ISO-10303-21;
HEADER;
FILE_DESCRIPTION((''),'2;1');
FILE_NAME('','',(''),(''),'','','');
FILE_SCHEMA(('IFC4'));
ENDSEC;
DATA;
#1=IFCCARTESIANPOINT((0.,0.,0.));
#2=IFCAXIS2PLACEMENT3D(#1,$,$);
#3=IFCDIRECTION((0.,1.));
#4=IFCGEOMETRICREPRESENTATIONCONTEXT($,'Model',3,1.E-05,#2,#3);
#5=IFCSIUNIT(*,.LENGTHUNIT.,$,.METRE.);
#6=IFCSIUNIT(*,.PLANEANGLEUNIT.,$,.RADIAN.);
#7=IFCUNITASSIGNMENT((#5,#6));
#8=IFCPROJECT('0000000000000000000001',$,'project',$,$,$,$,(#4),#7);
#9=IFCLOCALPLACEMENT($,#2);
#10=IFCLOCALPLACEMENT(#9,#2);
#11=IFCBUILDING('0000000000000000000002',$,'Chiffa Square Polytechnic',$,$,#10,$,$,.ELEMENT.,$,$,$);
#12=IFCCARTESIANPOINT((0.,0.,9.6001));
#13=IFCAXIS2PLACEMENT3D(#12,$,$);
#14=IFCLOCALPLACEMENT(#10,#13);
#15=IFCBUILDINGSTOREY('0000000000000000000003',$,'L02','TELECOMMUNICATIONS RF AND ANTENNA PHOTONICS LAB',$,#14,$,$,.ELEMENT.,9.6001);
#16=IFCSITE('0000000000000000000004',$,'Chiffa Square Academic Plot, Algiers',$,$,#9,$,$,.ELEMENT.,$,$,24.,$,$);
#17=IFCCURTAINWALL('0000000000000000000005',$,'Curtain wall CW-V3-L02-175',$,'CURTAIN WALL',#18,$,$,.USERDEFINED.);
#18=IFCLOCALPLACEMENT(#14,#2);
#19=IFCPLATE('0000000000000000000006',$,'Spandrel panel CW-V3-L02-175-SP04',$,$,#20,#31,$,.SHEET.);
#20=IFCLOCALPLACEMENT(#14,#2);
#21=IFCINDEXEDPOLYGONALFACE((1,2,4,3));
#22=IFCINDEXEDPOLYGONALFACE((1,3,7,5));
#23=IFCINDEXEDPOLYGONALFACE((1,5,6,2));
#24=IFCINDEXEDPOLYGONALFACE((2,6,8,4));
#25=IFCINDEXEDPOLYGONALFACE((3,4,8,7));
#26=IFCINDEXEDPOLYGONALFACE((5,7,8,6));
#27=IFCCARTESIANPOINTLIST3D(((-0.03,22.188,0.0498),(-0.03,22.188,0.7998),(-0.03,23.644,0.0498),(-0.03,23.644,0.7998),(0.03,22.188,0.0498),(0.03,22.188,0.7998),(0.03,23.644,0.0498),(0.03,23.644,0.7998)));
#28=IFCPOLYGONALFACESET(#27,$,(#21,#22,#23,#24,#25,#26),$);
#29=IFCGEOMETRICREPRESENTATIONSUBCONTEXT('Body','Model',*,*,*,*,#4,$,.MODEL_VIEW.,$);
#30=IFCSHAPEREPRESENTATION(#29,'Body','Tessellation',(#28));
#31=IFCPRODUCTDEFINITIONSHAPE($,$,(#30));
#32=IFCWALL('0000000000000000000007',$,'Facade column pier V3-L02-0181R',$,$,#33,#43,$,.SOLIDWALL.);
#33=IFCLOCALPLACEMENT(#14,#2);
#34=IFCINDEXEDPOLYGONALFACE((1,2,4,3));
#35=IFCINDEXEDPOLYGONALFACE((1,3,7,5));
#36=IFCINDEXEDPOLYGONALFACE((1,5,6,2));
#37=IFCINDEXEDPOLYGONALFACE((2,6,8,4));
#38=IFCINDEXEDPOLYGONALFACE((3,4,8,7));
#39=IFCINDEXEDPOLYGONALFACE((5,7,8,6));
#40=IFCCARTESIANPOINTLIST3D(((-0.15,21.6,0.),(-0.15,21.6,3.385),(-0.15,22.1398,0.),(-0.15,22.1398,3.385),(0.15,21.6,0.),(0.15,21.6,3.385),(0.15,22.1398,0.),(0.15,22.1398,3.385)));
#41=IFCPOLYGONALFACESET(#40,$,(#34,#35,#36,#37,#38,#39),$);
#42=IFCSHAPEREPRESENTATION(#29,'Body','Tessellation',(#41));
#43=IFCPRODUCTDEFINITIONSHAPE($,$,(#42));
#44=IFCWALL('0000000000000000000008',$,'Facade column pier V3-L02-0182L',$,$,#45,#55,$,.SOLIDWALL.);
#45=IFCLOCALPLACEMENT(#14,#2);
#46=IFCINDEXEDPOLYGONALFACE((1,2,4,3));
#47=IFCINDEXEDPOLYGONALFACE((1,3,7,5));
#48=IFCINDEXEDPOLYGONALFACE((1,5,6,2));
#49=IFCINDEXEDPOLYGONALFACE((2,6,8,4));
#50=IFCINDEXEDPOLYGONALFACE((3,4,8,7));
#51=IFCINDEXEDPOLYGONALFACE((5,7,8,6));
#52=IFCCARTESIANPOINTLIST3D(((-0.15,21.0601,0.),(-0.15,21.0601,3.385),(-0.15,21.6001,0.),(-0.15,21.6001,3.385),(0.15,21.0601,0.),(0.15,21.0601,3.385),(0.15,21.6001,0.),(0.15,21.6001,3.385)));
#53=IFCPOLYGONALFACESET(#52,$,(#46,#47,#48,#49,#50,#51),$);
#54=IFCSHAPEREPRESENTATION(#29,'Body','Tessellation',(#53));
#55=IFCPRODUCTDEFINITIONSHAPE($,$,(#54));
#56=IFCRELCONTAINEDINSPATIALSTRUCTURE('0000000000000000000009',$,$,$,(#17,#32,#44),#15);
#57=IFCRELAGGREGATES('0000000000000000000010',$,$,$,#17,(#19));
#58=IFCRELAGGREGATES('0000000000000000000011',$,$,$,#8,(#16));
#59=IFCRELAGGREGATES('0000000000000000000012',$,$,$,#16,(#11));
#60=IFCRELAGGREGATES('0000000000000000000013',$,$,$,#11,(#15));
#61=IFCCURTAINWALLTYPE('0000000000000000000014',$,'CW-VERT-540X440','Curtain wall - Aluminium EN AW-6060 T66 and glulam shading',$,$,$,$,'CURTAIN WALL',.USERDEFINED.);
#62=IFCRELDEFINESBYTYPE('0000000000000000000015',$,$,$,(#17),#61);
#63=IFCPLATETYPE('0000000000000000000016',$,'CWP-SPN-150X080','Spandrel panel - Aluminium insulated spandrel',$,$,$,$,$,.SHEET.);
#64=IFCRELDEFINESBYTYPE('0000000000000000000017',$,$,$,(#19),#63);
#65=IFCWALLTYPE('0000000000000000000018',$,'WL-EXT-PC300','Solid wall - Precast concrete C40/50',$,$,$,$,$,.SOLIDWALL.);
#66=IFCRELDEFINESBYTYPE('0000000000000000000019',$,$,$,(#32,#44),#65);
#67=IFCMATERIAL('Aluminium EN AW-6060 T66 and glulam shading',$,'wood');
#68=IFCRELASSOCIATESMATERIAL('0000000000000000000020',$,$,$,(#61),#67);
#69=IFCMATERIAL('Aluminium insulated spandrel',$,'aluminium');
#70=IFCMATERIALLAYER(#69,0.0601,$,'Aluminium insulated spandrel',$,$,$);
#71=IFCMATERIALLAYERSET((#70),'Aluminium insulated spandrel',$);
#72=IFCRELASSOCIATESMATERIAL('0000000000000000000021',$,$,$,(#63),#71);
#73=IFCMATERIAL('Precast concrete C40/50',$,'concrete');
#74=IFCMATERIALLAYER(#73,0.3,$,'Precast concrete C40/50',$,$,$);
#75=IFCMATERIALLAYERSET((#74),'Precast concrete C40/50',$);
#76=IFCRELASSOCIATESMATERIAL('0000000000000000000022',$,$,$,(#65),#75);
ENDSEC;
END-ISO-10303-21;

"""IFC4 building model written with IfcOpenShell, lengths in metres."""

from ifc_helpers import new_model, si_unit, direction, frame, frame_2d, origin, origin_2d, place, context, subcontext, project, spatial, rectangle, extrude, material, layer, layer_set, type_object, element, aggregate, save


model = new_model("IFC4")

# Units and contexts
model_context = context("Model", 3, precision=1e-05, world=origin(), true_north=direction((0.0, 1.0)))
body_context = subcontext(model_context, "Body", "Model", "MODEL_VIEW")
ifc_project = project(units=[si_unit("LENGTHUNIT", "METRE"), si_unit("PLANEANGLEUNIT", "RADIAN")], contexts=[model_context])

# Site, building, storey
site_placement = place(None, origin())
site = spatial("IfcSite", under=ifc_project, at=site_placement, Name="Chiffa Square Academic Plot, Algiers", CompositionType="ELEMENT", RefElevation=24.0)
building_placement = place(site_placement, origin())
building = spatial("IfcBuilding", under=site, at=building_placement, Name="Chiffa Square Polytechnic", CompositionType="ELEMENT")
storey_placement = place(building_placement, frame((0.0, 0.0, 9.6001)))
storey = spatial("IfcBuildingStorey", under=building, at=storey_placement, Name="L02", Description="TELECOMMUNICATIONS RF AND ANTENNA PHOTONICS LAB", CompositionType="ELEMENT", Elevation=9.6001)

# Curtain wall
ifc_material_1 = material(Name="Aluminium EN AW-6060 T66 and glulam shading", Category="wood")
curtain_wall_type_1 = type_object("IfcCurtainWallType", Name="CW-VERT-540X440", Description="Curtain wall - Aluminium EN AW-6060 T66 and glulam shading", ElementType="CURTAIN WALL", PredefinedType="USERDEFINED", material=ifc_material_1)
curtain_wall_1_placement = place(storey_placement, origin())
curtain_wall_1 = element("IfcCurtainWall", 1, at=curtain_wall_1_placement, inside=storey, type_object=curtain_wall_type_1, Name="Curtain wall CW-V3-L02-175", ObjectType="CURTAIN WALL", PredefinedType="USERDEFINED")

# Plate
ifc_material_2 = material(Name="Aluminium insulated spandrel", Category="aluminium")
ifc_layer_1 = layer(ifc_material_2, 0.0601, Name="Aluminium insulated spandrel")
ifc_layer_set_1 = layer_set([ifc_layer_1], Name="Aluminium insulated spandrel")
plate_type_1 = type_object("IfcPlateType", Name="CWP-SPN-150X080", Description="Spandrel panel - Aluminium insulated spandrel", PredefinedType="SHEET", material=ifc_layer_set_1)
plate_1_placement = place(storey_placement, frame((0.0, 22.916, 0.0498), z_axis=(0.0, 0.0, 1.0), x_axis=(0.0, -1.0, 0.0)))
plate_1 = element("IfcPlate", 2, at=plate_1_placement, type_object=plate_type_1, Name="Spandrel panel CW-V3-L02-175-SP04", PredefinedType="SHEET", context=body_context, shape_type="SweptSolid", body=[
    extrude(rectangle(XDim=1.4561, YDim=0.0601, at=origin_2d()), origin(), (0.0, 0.0, 1.0), 0.75),
])
aggregate(curtain_wall_1, [plate_1])

# Walls
ifc_material_3 = material(Name="Precast concrete C40/50", Category="concrete")
ifc_layer_2 = layer(ifc_material_3, 0.3, Name="Precast concrete C40/50")
ifc_layer_set_2 = layer_set([ifc_layer_2], Name="Precast concrete C40/50")
wall_type = type_object("IfcWallType", Name="WL-EXT-PC300", Description="Solid wall - Precast concrete C40/50", PredefinedType="SOLIDWALL", material=ifc_layer_set_2)
wall_1_placement = place(storey_placement, frame((0.0, 22.1399, 0.0), z_axis=(0.0, 0.0, 1.0), x_axis=(0.0, -1.0, 0.0)))
element("IfcWall", 3, at=wall_1_placement, inside=storey, type_object=wall_type, Name="Facade column pier V3-L02-0181R", PredefinedType="SOLIDWALL", context=body_context, shape_type="SweptSolid", body=[
    extrude(rectangle(XDim=0.5398, YDim=0.3, at=frame_2d((0.27, 0.0))), origin(), (0.0, 0.0, 1.0), 3.385),
])
wall_2_placement = place(storey_placement, frame((0.0, 21.6001, 0.0), z_axis=(0.0, 0.0, 1.0), x_axis=(0.0, -1.0, 0.0)))
element("IfcWall", 4, at=wall_2_placement, inside=storey, type_object=wall_type, Name="Facade column pier V3-L02-0182L", PredefinedType="SOLIDWALL", context=body_context, shape_type="SweptSolid", body=[
    extrude(rectangle(XDim=0.54, YDim=0.3, at=frame_2d((0.27, 0.0))), origin(), (0.0, 0.0, 1.0), 3.385),
])

save(model, "model.ifc")
